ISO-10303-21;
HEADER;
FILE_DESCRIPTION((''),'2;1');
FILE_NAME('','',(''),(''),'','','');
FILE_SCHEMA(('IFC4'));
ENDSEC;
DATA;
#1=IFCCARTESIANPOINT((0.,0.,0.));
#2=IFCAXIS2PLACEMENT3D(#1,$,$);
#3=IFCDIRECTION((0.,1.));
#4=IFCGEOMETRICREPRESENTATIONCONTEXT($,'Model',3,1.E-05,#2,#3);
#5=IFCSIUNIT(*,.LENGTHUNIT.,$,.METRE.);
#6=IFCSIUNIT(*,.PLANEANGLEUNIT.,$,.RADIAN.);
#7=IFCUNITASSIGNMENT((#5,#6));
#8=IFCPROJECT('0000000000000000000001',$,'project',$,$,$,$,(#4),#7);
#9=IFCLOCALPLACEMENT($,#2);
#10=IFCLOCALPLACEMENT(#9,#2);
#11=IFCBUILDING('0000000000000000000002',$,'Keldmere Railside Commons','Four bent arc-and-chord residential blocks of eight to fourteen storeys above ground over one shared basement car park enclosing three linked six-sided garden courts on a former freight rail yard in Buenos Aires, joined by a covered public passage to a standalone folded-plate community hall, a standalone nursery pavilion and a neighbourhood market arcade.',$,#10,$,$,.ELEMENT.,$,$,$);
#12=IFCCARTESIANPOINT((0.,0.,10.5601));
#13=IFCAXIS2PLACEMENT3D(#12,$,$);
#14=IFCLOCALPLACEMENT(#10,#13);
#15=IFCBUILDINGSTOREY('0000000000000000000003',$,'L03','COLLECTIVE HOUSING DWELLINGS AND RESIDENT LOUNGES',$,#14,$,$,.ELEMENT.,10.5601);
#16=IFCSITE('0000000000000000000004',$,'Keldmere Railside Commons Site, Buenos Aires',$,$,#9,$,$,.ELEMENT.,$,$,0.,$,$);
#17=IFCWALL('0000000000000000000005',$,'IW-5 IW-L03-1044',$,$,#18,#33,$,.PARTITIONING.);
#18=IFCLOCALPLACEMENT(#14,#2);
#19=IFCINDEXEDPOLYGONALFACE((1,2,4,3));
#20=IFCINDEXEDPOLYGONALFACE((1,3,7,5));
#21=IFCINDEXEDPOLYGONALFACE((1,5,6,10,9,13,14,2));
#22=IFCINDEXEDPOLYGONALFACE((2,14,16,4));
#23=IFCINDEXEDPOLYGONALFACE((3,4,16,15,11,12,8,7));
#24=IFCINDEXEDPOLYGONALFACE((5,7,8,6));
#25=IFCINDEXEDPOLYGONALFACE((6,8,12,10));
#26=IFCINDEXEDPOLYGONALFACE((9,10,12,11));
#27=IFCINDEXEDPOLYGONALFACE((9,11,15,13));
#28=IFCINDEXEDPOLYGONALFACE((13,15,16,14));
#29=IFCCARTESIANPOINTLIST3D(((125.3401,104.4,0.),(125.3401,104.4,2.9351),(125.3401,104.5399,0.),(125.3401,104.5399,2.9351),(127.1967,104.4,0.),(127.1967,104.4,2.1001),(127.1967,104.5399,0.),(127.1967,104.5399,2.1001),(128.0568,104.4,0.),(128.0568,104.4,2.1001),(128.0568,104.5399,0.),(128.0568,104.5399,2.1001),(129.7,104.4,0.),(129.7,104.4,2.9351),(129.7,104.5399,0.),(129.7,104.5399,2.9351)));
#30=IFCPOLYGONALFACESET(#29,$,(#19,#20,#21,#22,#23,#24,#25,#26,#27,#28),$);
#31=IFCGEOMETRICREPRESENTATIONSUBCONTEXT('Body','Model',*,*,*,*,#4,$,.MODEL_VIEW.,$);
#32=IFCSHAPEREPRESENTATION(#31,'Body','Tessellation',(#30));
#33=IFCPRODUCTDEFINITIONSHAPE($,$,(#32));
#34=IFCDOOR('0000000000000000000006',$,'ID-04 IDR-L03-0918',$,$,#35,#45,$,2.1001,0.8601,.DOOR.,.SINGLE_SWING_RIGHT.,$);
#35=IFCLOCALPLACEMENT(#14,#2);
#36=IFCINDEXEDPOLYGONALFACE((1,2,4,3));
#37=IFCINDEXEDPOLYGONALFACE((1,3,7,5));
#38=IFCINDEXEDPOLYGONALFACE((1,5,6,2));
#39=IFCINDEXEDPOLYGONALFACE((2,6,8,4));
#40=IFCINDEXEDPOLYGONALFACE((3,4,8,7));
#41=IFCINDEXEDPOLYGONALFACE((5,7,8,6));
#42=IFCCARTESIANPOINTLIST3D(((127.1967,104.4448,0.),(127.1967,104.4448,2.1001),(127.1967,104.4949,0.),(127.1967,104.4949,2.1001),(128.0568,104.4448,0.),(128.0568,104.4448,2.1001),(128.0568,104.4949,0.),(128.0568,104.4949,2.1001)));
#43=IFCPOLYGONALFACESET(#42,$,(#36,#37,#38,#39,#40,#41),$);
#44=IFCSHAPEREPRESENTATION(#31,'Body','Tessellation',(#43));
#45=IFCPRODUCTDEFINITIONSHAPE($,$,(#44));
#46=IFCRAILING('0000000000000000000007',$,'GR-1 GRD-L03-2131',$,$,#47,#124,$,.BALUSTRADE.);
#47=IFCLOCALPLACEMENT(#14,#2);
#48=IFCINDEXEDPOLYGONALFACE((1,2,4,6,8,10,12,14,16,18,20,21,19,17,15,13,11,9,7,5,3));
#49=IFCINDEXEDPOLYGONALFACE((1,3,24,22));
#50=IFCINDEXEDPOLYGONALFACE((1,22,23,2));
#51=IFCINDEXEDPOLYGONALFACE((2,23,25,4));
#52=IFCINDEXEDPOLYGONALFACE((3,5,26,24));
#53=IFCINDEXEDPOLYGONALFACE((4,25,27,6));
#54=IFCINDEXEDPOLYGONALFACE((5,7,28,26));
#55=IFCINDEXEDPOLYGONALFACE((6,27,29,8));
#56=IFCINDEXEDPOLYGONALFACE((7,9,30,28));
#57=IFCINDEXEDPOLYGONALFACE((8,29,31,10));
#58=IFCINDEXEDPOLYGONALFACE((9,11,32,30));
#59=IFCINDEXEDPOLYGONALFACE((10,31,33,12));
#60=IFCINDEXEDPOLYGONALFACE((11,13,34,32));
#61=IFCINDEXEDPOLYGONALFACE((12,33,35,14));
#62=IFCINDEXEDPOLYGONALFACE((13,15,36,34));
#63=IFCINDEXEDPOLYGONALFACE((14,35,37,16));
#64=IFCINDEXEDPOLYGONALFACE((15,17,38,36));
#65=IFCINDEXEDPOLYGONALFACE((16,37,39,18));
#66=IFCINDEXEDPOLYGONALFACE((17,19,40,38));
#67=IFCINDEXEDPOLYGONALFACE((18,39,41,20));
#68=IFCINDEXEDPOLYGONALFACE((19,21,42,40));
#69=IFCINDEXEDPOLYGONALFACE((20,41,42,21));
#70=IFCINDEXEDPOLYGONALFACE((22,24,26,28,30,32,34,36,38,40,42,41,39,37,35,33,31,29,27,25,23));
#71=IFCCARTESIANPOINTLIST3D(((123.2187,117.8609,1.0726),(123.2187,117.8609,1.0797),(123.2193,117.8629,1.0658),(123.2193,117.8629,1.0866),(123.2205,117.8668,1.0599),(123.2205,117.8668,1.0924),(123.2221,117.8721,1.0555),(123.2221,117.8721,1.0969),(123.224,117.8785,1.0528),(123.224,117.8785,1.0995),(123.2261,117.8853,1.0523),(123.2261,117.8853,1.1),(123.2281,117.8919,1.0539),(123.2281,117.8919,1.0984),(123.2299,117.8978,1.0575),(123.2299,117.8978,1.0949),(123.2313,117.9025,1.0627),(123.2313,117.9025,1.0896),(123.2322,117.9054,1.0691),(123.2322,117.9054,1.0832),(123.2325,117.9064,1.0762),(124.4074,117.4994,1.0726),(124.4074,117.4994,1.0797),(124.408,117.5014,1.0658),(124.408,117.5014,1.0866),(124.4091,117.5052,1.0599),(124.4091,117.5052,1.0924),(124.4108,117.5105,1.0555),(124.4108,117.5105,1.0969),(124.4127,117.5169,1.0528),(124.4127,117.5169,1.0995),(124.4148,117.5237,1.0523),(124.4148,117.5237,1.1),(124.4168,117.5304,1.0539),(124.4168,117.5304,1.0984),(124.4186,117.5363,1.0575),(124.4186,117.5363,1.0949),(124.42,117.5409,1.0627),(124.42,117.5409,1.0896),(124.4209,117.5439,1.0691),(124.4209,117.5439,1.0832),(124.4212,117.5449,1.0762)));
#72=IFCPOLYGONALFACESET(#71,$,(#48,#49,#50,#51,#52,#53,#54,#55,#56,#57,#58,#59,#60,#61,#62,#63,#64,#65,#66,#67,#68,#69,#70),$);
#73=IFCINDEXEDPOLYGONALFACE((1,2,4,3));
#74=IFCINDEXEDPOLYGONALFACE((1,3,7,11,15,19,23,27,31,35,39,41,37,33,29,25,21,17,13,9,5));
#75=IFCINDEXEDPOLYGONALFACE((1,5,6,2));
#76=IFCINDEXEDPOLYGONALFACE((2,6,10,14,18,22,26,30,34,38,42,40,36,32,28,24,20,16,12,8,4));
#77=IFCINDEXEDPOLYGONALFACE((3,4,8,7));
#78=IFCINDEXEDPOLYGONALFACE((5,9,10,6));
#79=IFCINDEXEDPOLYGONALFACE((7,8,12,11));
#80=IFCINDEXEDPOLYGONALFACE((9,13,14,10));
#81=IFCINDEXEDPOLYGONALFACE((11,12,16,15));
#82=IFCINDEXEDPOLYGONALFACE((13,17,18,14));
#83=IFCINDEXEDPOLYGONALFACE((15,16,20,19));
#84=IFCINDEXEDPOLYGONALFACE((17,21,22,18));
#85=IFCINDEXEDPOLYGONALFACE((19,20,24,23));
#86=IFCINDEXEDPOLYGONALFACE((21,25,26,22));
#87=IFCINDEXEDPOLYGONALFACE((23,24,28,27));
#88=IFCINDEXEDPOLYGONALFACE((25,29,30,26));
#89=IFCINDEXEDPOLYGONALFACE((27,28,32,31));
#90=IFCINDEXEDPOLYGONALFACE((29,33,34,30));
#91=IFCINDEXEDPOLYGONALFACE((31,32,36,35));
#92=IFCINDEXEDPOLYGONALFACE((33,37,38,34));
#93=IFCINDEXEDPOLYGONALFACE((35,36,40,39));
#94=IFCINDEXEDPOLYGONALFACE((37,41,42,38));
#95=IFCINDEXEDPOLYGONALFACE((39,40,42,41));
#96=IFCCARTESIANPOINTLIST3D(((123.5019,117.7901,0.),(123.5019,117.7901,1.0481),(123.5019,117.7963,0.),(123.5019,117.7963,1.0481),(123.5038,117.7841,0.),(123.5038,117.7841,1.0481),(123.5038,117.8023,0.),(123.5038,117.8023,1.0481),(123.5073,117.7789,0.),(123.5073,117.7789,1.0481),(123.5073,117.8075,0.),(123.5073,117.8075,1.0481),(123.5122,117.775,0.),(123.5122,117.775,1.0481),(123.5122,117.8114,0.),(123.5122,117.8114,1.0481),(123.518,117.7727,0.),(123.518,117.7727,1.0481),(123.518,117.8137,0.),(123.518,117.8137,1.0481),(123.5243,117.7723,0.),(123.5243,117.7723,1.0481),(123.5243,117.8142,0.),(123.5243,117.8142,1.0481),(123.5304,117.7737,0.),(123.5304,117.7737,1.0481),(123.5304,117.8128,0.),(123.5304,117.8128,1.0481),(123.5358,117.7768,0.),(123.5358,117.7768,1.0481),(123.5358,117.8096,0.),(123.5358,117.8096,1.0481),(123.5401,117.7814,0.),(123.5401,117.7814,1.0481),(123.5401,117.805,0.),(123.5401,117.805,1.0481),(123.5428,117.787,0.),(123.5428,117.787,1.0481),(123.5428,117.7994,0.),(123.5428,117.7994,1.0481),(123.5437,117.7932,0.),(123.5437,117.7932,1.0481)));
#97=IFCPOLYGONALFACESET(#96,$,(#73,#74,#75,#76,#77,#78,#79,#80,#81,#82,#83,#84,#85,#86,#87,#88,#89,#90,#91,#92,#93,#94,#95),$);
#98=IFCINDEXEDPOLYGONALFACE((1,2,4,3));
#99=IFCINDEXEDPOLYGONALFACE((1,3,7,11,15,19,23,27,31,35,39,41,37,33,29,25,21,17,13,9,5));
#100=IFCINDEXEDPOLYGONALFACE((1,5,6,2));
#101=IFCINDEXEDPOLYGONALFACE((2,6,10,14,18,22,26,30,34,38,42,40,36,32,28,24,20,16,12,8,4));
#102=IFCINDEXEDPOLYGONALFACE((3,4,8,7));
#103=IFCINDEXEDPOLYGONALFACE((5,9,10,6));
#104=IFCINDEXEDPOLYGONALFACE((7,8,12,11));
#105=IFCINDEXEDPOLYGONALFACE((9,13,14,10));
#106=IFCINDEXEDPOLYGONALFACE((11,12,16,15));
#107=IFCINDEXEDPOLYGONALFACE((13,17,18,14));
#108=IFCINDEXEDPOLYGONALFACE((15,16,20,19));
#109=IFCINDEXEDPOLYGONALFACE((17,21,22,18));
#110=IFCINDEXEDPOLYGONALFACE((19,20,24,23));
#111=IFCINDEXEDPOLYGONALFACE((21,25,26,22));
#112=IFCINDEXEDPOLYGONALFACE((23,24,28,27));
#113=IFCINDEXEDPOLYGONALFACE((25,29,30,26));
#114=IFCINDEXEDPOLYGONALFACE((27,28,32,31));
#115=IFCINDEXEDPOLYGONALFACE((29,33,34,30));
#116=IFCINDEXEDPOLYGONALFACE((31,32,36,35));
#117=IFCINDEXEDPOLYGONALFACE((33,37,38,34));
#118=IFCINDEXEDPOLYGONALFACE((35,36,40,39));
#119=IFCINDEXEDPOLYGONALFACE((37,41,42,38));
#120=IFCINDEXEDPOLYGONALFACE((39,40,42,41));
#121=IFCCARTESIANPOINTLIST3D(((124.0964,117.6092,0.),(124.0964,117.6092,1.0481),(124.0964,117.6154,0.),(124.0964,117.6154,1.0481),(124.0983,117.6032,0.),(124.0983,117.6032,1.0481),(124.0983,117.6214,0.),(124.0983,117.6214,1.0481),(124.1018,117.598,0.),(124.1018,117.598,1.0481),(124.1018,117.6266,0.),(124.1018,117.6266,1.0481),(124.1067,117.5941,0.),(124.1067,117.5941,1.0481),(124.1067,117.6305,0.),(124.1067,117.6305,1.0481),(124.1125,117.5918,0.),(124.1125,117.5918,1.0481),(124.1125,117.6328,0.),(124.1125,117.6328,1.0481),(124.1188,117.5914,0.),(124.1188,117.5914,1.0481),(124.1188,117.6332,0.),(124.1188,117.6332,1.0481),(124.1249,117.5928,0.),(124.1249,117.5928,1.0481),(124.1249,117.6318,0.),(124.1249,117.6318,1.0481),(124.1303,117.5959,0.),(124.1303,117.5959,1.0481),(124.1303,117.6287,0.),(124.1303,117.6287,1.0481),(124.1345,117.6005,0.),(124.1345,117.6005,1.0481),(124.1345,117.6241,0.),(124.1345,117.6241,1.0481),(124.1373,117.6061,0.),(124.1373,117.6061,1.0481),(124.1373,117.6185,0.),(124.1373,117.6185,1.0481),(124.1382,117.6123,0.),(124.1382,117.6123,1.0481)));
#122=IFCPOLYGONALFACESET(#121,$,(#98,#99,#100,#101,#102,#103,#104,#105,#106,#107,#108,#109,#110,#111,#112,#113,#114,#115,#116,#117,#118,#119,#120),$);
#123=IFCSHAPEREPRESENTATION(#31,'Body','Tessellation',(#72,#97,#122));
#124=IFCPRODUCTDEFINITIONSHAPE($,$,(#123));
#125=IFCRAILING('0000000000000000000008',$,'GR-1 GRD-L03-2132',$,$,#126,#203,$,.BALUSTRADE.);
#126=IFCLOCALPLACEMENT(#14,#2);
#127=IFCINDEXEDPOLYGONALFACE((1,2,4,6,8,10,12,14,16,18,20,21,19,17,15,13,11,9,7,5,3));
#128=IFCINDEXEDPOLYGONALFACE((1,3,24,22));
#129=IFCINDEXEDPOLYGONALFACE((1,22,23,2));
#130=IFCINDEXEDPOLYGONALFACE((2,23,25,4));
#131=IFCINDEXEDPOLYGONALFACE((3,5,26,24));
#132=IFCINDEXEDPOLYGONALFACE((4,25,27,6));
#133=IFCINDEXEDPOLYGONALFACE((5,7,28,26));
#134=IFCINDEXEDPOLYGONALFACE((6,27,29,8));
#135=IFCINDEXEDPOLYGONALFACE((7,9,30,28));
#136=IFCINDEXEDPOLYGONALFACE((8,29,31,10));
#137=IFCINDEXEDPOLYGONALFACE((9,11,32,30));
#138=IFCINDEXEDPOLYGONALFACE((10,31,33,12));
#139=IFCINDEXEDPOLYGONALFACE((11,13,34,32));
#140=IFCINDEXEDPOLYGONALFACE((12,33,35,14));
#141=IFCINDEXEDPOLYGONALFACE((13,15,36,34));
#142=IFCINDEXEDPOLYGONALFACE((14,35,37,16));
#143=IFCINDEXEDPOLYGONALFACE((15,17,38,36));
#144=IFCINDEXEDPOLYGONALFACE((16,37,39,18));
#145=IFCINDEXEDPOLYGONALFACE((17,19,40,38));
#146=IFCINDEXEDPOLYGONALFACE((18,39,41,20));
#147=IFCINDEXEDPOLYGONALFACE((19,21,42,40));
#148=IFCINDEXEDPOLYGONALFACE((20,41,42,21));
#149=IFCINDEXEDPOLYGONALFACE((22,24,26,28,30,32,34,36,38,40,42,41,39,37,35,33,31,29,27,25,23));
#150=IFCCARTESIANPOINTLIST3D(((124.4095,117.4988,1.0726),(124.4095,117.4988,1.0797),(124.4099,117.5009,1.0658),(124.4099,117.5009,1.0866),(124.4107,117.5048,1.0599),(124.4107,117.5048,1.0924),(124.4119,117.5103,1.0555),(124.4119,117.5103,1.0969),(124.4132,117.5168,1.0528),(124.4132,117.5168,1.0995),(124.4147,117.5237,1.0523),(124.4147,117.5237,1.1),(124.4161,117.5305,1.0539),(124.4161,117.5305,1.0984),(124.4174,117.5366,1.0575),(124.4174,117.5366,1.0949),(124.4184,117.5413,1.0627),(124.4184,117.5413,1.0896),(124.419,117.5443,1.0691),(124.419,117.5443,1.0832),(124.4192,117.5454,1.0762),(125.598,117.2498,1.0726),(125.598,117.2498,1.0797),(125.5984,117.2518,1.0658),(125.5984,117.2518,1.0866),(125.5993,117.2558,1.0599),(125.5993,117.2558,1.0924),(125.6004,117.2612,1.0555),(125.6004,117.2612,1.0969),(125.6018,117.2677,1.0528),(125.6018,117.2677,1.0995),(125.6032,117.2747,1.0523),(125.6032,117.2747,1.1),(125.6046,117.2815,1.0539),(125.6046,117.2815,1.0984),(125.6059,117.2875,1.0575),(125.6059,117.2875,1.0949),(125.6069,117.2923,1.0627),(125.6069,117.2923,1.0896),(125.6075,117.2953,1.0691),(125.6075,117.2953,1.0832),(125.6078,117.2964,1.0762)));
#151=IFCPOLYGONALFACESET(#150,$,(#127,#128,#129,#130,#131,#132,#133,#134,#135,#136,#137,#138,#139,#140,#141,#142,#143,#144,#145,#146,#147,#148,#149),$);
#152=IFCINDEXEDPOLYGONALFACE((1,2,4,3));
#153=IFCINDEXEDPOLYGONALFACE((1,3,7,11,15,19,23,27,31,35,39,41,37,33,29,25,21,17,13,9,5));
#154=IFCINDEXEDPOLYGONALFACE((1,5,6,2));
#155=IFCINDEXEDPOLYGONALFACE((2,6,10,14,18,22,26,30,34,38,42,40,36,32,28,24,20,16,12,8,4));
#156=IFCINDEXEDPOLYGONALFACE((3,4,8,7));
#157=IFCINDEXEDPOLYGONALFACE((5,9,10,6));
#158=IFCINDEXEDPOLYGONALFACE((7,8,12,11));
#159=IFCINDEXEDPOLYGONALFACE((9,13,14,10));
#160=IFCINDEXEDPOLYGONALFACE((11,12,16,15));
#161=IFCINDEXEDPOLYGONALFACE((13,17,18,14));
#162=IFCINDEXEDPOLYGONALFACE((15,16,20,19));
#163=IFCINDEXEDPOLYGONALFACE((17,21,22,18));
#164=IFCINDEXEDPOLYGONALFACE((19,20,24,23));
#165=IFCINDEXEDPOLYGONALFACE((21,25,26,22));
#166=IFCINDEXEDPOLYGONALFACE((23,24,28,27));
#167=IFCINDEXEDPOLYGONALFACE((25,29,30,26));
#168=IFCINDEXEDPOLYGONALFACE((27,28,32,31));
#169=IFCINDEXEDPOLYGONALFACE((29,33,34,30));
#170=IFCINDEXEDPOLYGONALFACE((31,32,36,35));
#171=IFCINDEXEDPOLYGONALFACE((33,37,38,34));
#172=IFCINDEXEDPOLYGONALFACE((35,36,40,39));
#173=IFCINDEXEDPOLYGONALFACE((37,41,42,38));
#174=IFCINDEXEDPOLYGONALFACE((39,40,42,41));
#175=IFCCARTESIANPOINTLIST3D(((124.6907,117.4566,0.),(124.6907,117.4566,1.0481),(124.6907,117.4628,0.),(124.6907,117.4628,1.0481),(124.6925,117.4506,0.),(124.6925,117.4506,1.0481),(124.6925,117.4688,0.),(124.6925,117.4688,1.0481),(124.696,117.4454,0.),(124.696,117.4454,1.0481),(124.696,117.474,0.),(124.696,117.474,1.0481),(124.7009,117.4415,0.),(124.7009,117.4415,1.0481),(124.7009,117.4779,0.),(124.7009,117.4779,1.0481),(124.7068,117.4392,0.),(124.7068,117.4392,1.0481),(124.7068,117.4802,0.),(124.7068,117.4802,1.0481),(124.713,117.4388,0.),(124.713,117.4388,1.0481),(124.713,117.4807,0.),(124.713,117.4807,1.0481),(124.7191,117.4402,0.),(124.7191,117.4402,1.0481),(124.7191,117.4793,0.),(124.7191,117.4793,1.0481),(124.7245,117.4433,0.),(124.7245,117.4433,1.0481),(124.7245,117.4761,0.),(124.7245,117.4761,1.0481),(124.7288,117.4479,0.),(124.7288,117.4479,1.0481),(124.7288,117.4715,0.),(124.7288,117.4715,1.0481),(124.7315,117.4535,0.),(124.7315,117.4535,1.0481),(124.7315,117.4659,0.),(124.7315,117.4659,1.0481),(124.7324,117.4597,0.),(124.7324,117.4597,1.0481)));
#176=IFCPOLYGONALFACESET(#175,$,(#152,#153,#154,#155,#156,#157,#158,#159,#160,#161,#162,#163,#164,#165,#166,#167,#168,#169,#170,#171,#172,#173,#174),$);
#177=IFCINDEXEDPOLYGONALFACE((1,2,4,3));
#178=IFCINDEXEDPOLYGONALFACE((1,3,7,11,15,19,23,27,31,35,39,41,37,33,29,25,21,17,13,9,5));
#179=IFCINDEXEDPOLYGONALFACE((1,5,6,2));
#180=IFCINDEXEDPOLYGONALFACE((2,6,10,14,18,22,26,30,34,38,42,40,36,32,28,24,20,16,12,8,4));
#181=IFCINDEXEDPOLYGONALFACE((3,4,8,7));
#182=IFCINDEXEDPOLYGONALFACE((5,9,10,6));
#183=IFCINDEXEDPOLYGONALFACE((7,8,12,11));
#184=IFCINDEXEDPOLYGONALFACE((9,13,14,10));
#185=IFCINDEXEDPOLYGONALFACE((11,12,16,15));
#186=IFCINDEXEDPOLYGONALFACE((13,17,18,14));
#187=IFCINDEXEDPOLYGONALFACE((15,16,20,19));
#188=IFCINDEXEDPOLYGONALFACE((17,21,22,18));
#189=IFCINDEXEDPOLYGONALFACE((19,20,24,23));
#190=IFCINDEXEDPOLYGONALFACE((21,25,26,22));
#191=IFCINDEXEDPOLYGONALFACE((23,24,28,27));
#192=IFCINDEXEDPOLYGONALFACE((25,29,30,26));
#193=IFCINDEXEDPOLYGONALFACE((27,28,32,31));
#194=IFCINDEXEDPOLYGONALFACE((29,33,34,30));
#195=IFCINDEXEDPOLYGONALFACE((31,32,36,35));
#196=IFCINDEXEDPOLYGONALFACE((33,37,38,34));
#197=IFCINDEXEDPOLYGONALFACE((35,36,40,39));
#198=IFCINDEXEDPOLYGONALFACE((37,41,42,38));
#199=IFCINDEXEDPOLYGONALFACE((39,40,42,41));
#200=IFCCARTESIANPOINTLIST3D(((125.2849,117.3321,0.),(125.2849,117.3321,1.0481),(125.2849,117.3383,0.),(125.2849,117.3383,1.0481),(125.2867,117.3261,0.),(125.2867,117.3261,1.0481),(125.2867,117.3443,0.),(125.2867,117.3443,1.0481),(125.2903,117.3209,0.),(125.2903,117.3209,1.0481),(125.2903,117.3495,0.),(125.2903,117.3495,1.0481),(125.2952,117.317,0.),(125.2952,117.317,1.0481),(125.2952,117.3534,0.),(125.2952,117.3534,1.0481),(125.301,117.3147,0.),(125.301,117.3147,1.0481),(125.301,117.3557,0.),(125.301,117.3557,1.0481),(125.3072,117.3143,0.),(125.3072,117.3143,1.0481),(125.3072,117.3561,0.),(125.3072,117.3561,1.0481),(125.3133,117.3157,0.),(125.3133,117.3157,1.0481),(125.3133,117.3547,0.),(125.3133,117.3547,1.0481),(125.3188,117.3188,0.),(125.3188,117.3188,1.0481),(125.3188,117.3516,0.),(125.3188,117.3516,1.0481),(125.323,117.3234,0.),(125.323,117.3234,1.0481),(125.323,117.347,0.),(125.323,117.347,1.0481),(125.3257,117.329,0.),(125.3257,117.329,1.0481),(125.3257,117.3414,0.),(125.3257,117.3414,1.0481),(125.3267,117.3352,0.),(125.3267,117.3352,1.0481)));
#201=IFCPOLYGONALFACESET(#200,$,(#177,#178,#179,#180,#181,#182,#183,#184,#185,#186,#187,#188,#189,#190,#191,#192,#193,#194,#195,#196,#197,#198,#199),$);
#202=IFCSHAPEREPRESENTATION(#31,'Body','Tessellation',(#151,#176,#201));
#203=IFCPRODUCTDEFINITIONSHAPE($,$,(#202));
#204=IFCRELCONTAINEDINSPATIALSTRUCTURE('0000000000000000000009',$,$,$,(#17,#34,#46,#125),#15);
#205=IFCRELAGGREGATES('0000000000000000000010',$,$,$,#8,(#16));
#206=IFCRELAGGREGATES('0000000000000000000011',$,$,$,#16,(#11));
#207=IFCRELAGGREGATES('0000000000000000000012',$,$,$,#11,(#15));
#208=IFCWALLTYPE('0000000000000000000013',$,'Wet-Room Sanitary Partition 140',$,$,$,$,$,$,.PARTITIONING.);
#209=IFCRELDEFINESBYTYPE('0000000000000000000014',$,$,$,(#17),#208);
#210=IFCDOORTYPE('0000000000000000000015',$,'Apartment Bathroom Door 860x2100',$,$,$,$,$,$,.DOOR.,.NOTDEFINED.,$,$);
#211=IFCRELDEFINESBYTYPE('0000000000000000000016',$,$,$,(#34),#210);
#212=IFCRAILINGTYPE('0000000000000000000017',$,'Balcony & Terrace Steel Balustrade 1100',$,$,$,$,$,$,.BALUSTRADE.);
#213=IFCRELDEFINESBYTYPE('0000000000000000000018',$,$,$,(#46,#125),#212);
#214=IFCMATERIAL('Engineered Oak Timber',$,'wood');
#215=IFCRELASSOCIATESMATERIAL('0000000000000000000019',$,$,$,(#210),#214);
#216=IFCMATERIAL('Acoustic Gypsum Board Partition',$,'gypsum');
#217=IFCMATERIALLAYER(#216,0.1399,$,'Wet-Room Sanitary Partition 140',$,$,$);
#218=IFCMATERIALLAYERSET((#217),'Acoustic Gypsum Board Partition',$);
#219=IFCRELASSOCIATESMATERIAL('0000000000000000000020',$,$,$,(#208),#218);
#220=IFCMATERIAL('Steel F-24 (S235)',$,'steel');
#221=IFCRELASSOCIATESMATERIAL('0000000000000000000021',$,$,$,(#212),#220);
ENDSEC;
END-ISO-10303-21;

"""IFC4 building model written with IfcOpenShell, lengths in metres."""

from ifc_helpers import new_model, si_unit, direction, frame, frame_2d, origin, origin_2d, place, context, subcontext, project, spatial, rectangle, circle, extrude, material, layer, layer_set, type_object, element, fill, save


model = new_model("IFC4")

# Units and contexts
model_context = context("Model", 3, precision=1e-05, world=origin(), true_north=direction((0.0, 1.0)))
body_context = subcontext(model_context, "Body", "Model", "MODEL_VIEW")
ifc_project = project(units=[si_unit("LENGTHUNIT", "METRE"), si_unit("PLANEANGLEUNIT", "RADIAN")], contexts=[model_context])

# Site, building, storey
site_placement = place(None, origin())
site = spatial("IfcSite", under=ifc_project, at=site_placement, Name="Keldmere Railside Commons Site, Buenos Aires", CompositionType="ELEMENT", RefElevation=0.0)
building_placement = place(site_placement, origin())
building = spatial("IfcBuilding", under=site, at=building_placement, Name="Keldmere Railside Commons", Description="Four bent arc-and-chord residential blocks of eight to fourteen storeys above ground over one shared basement car park enclosing three linked six-sided garden courts on a former freight rail yard in Buenos Aires, joined by a covered public passage to a standalone folded-plate community hall, a standalone nursery pavilion and a neighbourhood market arcade.", CompositionType="ELEMENT")
storey_placement = place(building_placement, frame((0.0, 0.0, 10.5601)))
storey = spatial("IfcBuildingStorey", under=building, at=storey_placement, Name="L03", Description="COLLECTIVE HOUSING DWELLINGS AND RESIDENT LOUNGES", CompositionType="ELEMENT", Elevation=10.5601)

# Shared definitions
ifc_material_1 = material(Name="Acoustic Gypsum Board Partition", Category="gypsum")

# Shared definitions
ifc_material_2 = material(Name="Engineered Oak Timber", Category="wood")
door_type_1 = type_object("IfcDoorType", Name="Apartment Bathroom Door 860x2100", OperationType="NOTDEFINED", PredefinedType="DOOR", material=ifc_material_2)

# Wall, opening, door
ifc_layer_1 = layer(ifc_material_1, 0.1399, Name="Wet-Room Sanitary Partition 140")
ifc_layer_set_1 = layer_set([ifc_layer_1], Name="Acoustic Gypsum Board Partition")
wall_type_1 = type_object("IfcWallType", Name="Wet-Room Sanitary Partition 140", PredefinedType="PARTITIONING", material=ifc_layer_set_1)
wall_1_placement = place(storey_placement, frame((125.3401, 104.47, 0.0), z_axis=(0.0, 0.0, 1.0), x_axis=(1.0, 0.0, 0.0)))
wall_1 = element("IfcWall", 1, at=wall_1_placement, inside=storey, type_object=wall_type_1, Name="IW-5 IW-L03-1044", PredefinedType="PARTITIONING", context=body_context, shape_type="SweptSolid", body=[
    extrude(rectangle(XDim=4.3599, YDim=0.1399, at=frame_2d((2.1799, 0.0))), origin(), (0.0, 0.0, 1.0), 2.9351),
])
opening_1_placement = place(wall_1_placement, frame((1.8564, 0.0, 0.0)))
opening_1 = element("IfcOpeningElement", 2, at=opening_1_placement, cuts=wall_1, PredefinedType="OPENING", context=body_context, shape_type="SweptSolid", body=[
    extrude(rectangle(XDim=0.8601, YDim=2.1001, at=frame_2d((0.4302, 1.05))), frame((0.0, 0.0798, 0.0), z_axis=(0.0, -1.0, 0.0), x_axis=(1.0, 0.0, 0.0)), (0.0, 0.0, 1.0), 0.1599),
])
door_1_placement = place(opening_1_placement, origin())
door_1 = element("IfcDoor", 3, at=door_1_placement, inside=storey, type_object=door_type_1, Name="ID-04 IDR-L03-0918", OperationType="SINGLE_SWING_RIGHT", OverallHeight=2.1001, OverallWidth=0.8601, PredefinedType="DOOR", context=body_context, shape_type="SweptSolid", body=[
    extrude(rectangle(XDim=0.8601, YDim=2.1001, at=frame_2d((0.4302, 1.05))), frame((0.0, 0.0249, 0.0), z_axis=(0.0, -1.0, 0.0), x_axis=(1.0, 0.0, 0.0)), (0.0, 0.0, 1.0), 0.05),
])
fill(opening_1, door_1)

# Railings
ifc_material_3 = material(Name="Steel F-24 (S235)", Category="steel")
railing_type_1 = type_object("IfcRailingType", Name="Balcony & Terrace Steel Balustrade 1100", PredefinedType="BALUSTRADE", material=ifc_material_3)
railing_1_placement = place(storey_placement, frame((123.2256, 117.8835, 0.0)))
element("IfcRailing", 4, at=railing_1_placement, inside=storey, type_object=railing_type_1, Name="GR-1 GRD-L03-2131", PredefinedType="BALUSTRADE", context=body_context, shape_type="SweptSolid", body=[
    extrude(circle(Radius=0.0239, at=origin_2d()), frame((0.0, 0.0, 1.0762), z_axis=(0.956721, -0.291005, 0.0), x_axis=(0.291005, 0.956721, 0.0)), (0.0, 0.0, 1.0), 1.2424),
    extrude(circle(Radius=0.021, at=origin_2d()), frame((0.2971, -0.0903, 0.0)), (0.0, 0.0, 1.0), 1.0481),
    extrude(circle(Radius=0.021, at=origin_2d()), frame((0.8916, -0.2712, 0.0)), (0.0, 0.0, 1.0), 1.0481),
])
railing_2_placement = place(storey_placement, frame((124.4143, 117.522, 0.0)))
element("IfcRailing", 5, at=railing_2_placement, inside=storey, type_object=railing_type_1, Name="GR-1 GRD-L03-2132", PredefinedType="BALUSTRADE", context=body_context, shape_type="SweptSolid", body=[
    extrude(circle(Radius=0.0239, at=origin_2d()), frame((0.0, 0.0, 1.0762), z_axis=(0.978746, -0.205078, 0.0), x_axis=(0.205078, 0.978746, 0.0)), (0.0, 0.0, 1.0), 1.2144),
    extrude(circle(Radius=0.021, at=origin_2d()), frame((0.2971, -0.0623, 0.0)), (0.0, 0.0, 1.0), 1.0481),
    extrude(circle(Radius=0.021, at=origin_2d()), frame((0.8914, -0.1868, 0.0)), (0.0, 0.0, 1.0), 1.0481),
])

save(model, "model.ifc")
